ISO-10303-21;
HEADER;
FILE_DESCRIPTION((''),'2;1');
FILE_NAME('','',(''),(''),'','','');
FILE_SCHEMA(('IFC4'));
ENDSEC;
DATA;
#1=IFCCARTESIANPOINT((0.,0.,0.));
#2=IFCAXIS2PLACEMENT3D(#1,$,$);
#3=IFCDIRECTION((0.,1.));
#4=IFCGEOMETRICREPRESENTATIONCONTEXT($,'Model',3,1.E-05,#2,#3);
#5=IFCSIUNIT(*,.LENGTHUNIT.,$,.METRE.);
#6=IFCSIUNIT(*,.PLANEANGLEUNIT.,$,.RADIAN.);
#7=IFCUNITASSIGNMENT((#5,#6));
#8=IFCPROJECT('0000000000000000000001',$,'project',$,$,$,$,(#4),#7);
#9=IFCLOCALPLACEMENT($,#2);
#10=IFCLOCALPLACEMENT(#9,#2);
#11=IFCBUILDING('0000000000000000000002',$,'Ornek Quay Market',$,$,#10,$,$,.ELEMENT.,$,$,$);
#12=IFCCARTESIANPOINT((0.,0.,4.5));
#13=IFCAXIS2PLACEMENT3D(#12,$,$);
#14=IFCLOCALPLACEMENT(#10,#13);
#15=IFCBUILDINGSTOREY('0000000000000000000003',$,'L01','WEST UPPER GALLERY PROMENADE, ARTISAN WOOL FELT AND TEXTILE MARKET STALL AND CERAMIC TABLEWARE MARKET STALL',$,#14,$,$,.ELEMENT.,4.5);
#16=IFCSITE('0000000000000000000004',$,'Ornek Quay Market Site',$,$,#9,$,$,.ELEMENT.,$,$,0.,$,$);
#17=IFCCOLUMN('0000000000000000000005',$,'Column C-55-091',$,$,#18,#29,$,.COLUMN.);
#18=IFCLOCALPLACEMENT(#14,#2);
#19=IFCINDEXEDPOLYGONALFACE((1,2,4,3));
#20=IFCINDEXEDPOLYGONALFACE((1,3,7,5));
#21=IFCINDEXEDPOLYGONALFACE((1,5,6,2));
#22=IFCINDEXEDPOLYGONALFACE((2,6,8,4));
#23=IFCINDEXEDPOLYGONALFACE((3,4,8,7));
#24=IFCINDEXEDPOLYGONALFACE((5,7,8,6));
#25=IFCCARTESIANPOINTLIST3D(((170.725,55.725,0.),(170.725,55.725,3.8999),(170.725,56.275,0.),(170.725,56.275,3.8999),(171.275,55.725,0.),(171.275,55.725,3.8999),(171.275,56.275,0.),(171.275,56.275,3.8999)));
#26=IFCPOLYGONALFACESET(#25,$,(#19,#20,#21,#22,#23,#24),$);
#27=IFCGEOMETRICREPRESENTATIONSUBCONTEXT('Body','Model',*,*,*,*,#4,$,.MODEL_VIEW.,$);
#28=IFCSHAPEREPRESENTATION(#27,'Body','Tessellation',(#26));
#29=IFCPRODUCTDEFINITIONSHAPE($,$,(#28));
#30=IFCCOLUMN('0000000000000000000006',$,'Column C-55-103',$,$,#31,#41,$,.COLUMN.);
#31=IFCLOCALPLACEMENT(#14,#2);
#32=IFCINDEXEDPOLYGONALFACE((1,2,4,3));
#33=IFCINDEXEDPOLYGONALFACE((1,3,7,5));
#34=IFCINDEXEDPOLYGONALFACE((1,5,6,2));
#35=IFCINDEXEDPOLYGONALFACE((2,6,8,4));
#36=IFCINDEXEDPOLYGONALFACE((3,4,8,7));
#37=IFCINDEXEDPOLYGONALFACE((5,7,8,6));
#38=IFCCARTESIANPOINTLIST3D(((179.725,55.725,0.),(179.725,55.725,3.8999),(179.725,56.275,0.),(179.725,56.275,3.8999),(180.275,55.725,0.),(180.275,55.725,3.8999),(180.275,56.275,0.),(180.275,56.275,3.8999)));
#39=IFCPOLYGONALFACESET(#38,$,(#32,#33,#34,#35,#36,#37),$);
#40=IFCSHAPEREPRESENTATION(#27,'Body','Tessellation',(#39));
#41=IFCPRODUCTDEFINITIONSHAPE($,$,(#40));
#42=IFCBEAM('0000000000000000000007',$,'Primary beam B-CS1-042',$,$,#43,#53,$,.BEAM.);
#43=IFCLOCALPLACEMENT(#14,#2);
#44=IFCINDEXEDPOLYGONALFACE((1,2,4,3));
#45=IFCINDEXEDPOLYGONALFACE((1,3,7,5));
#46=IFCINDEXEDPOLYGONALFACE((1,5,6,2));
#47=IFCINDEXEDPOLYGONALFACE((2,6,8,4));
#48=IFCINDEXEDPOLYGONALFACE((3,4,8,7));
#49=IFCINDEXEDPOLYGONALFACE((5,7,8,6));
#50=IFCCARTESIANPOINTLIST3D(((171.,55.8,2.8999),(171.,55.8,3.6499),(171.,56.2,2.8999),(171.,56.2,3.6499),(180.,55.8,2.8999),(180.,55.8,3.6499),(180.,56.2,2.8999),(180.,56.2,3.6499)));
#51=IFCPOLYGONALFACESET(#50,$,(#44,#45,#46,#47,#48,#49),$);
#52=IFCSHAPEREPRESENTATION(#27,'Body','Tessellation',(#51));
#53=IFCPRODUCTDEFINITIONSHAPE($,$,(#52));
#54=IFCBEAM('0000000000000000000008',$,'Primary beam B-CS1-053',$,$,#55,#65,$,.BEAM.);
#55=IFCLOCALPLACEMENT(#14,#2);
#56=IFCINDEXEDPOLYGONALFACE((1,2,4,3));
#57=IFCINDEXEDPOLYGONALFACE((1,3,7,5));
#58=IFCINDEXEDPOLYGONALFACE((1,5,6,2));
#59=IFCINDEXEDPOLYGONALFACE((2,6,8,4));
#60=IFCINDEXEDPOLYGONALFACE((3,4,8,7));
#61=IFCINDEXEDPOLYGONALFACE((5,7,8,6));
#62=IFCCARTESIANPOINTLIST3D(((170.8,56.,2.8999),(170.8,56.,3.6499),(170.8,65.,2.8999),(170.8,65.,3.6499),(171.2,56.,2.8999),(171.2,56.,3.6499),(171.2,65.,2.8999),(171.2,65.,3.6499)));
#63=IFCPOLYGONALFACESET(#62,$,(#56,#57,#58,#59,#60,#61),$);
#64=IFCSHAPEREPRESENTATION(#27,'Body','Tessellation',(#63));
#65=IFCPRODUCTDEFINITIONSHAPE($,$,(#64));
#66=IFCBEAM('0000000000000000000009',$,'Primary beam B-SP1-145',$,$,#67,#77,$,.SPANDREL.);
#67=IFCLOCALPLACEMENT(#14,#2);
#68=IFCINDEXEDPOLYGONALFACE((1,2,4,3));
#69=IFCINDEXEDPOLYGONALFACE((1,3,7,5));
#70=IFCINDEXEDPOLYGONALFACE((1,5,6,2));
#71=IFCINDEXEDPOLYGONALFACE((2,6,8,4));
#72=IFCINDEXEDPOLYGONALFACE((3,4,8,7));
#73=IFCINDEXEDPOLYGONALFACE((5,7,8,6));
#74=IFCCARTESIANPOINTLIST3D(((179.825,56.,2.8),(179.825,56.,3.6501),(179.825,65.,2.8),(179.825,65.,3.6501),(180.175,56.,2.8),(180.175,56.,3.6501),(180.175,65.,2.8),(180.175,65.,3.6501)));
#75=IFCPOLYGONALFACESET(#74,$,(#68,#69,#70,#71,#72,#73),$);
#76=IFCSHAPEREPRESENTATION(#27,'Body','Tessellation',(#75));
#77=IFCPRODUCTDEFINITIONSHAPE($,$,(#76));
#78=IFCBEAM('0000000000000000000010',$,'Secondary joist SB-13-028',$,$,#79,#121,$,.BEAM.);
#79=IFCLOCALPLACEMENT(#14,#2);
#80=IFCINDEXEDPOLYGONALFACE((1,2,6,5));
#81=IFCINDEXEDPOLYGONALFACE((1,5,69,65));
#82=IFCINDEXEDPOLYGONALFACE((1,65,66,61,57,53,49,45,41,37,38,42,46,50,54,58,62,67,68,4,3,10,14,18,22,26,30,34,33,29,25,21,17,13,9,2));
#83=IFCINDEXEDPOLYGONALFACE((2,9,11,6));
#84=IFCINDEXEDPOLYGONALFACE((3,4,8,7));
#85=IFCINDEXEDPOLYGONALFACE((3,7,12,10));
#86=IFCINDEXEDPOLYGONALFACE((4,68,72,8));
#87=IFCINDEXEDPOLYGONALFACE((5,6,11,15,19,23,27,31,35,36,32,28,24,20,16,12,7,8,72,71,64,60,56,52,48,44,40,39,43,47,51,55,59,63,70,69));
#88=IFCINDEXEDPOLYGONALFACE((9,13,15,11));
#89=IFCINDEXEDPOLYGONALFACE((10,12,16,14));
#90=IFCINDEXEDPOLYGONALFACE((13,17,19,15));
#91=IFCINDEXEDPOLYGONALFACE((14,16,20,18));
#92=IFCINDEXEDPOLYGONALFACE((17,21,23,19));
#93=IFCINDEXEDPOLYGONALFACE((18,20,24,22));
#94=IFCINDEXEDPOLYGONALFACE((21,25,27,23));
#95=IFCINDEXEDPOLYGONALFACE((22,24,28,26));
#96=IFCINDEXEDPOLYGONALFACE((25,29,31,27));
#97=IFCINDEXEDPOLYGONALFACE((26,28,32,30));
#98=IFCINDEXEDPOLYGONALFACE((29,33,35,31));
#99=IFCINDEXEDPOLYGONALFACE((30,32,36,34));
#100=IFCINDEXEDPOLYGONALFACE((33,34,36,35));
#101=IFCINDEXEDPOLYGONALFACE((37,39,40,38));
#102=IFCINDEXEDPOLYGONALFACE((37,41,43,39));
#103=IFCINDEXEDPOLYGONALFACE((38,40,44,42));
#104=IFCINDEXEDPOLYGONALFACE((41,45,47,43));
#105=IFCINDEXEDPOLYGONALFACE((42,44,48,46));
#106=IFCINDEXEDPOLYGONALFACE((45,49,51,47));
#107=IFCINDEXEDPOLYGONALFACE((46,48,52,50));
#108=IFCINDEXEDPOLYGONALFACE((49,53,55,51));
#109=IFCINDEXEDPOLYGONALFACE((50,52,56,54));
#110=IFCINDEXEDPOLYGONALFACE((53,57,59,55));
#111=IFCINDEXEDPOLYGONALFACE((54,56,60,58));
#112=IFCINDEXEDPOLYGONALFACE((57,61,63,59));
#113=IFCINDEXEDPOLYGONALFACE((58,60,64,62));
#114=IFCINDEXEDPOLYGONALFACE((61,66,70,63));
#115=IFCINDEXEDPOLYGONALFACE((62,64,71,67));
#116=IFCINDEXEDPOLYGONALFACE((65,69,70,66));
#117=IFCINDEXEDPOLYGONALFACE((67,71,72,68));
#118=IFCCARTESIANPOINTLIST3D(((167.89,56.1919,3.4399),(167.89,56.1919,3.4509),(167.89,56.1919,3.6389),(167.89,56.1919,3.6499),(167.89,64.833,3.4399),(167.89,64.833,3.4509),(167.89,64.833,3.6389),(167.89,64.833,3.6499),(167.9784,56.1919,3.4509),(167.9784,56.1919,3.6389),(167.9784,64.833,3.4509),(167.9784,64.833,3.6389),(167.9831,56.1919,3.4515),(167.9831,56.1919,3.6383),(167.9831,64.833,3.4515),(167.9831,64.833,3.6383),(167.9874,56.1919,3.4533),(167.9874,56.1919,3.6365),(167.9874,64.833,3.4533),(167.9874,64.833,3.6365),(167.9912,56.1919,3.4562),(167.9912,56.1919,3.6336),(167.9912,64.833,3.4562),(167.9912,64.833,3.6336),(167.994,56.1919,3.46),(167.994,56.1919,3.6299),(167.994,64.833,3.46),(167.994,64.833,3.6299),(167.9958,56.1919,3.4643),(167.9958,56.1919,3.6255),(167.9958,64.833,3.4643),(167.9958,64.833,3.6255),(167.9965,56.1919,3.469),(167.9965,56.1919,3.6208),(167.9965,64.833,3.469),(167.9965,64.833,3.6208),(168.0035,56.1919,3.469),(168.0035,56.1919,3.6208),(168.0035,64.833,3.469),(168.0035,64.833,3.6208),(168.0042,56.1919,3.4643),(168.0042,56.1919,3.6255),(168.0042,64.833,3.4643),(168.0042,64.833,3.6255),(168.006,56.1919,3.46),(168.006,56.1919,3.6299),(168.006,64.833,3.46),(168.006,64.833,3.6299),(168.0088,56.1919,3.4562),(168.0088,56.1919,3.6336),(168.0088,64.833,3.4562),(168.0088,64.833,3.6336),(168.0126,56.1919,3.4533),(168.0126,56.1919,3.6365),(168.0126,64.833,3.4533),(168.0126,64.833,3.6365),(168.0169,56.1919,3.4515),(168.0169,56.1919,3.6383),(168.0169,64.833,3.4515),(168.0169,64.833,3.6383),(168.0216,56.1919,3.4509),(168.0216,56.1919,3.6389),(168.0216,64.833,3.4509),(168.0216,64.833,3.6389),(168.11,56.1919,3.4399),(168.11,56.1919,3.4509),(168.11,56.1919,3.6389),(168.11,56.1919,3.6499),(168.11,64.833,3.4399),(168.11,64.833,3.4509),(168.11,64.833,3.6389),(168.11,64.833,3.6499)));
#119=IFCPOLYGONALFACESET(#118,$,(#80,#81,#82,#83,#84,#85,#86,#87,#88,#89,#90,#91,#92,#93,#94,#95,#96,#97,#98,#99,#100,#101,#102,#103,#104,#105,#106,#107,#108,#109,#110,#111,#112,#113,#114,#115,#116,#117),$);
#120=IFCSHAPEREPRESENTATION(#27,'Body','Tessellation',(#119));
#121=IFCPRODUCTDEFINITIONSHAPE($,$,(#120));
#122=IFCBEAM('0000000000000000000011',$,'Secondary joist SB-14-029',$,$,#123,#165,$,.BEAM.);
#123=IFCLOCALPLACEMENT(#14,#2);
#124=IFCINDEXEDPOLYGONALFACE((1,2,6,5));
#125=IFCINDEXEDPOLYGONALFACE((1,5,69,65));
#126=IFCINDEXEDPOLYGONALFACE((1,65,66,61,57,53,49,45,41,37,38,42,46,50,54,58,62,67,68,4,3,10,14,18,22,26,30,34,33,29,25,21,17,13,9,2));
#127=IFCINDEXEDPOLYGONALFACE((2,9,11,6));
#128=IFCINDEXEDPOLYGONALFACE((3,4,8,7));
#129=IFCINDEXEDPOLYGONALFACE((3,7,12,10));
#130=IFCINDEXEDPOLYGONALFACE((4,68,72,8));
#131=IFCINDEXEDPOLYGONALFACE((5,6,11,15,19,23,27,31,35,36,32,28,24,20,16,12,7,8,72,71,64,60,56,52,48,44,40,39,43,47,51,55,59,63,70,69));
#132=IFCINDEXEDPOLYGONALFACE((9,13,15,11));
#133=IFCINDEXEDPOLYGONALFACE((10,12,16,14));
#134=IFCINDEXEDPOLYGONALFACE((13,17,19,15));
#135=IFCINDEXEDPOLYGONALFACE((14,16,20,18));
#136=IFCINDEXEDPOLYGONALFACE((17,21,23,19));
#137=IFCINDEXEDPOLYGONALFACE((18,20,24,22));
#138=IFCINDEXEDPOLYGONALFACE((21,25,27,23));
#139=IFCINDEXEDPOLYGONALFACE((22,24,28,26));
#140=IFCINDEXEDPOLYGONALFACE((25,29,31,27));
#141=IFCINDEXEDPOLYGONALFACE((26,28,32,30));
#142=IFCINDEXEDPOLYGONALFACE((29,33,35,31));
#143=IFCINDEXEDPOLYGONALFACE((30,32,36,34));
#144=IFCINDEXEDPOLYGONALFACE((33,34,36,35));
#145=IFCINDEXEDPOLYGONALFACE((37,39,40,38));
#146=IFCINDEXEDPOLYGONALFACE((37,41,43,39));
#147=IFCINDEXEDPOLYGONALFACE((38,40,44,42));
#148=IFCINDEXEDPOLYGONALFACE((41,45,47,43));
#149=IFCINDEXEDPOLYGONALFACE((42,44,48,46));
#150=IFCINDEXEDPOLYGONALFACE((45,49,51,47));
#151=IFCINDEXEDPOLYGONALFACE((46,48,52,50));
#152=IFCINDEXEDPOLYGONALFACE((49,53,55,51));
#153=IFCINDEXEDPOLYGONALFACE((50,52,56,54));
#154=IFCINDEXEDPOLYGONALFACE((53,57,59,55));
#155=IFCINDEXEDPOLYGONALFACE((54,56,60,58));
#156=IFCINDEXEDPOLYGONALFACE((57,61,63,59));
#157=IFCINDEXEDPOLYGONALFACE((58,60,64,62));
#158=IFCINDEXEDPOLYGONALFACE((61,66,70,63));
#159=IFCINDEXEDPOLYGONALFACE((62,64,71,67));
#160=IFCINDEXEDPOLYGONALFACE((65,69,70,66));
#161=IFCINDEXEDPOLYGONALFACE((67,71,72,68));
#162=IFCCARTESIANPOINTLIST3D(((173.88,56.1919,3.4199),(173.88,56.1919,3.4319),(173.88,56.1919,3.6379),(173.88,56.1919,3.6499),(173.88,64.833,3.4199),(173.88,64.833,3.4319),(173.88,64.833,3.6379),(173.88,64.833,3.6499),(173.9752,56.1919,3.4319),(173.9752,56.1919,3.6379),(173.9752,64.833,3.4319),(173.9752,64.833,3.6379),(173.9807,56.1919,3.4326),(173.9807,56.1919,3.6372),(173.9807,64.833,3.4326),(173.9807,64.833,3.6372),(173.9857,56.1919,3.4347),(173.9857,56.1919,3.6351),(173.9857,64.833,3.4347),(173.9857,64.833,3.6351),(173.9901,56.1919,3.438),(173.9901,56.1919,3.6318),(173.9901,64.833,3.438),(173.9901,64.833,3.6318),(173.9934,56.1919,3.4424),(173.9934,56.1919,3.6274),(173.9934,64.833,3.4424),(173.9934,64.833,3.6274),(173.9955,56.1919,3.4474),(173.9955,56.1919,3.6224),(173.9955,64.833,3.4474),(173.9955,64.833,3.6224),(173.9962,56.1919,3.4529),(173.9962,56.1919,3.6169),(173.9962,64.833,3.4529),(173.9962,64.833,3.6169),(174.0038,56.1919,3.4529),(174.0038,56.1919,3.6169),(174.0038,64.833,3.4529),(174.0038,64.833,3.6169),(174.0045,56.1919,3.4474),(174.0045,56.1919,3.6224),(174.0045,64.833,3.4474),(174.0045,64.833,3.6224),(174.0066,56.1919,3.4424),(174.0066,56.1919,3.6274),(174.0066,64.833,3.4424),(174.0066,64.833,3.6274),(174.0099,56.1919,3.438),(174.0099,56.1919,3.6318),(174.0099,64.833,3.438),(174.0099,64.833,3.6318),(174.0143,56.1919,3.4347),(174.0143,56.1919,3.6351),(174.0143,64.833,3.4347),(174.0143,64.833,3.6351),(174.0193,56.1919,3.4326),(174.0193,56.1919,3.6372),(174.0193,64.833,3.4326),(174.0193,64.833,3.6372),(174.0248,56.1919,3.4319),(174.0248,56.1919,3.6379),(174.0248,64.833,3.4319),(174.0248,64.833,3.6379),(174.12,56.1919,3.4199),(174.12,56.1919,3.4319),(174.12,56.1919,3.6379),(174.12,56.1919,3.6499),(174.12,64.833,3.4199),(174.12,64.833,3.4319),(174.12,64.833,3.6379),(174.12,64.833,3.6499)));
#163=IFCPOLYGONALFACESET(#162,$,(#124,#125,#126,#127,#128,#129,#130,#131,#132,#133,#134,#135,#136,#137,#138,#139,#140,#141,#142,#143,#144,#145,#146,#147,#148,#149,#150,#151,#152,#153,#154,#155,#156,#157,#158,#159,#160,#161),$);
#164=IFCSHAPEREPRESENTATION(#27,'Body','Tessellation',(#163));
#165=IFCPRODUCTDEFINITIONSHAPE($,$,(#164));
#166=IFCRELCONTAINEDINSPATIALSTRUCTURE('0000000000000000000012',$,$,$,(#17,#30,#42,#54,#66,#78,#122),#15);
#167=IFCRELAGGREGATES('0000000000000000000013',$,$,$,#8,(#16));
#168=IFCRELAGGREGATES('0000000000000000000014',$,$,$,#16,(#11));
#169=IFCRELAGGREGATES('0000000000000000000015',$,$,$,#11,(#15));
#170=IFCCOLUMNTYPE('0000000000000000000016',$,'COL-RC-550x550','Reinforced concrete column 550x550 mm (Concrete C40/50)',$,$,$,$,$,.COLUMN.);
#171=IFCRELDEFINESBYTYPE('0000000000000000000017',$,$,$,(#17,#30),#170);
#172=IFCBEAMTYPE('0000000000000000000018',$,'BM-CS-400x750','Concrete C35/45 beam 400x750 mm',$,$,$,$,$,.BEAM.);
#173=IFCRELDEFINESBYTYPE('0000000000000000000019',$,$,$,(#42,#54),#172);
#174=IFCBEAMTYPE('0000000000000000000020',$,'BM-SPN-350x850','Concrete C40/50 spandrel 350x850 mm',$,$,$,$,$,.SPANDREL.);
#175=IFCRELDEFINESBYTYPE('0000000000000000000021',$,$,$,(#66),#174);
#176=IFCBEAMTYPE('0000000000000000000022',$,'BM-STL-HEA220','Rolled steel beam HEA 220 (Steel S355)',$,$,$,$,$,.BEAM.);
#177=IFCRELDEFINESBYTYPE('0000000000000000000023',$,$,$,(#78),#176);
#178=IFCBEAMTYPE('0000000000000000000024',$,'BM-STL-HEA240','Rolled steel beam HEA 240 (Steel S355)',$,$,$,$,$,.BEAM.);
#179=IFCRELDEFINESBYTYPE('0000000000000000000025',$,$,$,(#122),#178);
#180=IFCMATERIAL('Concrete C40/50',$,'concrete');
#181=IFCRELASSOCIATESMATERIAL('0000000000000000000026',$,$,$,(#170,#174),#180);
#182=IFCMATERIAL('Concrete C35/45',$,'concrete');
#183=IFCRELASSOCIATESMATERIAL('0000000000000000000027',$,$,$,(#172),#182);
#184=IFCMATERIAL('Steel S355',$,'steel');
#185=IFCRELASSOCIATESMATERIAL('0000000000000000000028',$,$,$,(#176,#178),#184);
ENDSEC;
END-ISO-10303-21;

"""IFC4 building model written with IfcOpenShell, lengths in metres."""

from ifc_helpers import new_model, si_unit, direction, frame, origin, origin_2d, place, context, subcontext, project, spatial, rectangle, i_section, extrude, material, material_profile, profile_set, type_object, element, save


model = new_model("IFC4")

# Units and contexts
model_context = context("Model", 3, precision=1e-05, world=origin(), true_north=direction((0.0, 1.0)))
body_context = subcontext(model_context, "Body", "Model", "MODEL_VIEW")
ifc_project = project(units=[si_unit("LENGTHUNIT", "METRE"), si_unit("PLANEANGLEUNIT", "RADIAN")], contexts=[model_context])

# Site, building, storey
site_placement = place(None, origin())
site = spatial("IfcSite", under=ifc_project, at=site_placement, Name="Ornek Quay Market Site", CompositionType="ELEMENT", RefElevation=0.0)
building_placement = place(site_placement, origin())
building = spatial("IfcBuilding", under=site, at=building_placement, Name="Ornek Quay Market", CompositionType="ELEMENT")
storey_placement = place(building_placement, frame((0.0, 0.0, 4.5)))
storey = spatial("IfcBuildingStorey", under=building, at=storey_placement, Name="L01", Description="WEST UPPER GALLERY PROMENADE, ARTISAN WOOL FELT AND TEXTILE MARKET STALL AND CERAMIC TABLEWARE MARKET STALL", CompositionType="ELEMENT", Elevation=4.5)

# Columns
ifc_material_1 = material(Name="Concrete C40/50", Category="concrete")
ifc_material_profile_1 = material_profile(ifc_material_1, rectangle(XDim=0.55, YDim=0.55, at=origin_2d()), Name="RC 550x550", Category="concrete")
ifc_profile_set_1 = profile_set([ifc_material_profile_1], Name="Concrete C40/50")
column_type = type_object("IfcColumnType", Name="COL-RC-550x550", Description="Reinforced concrete column 550x550 mm (Concrete C40/50)", PredefinedType="COLUMN", material=ifc_profile_set_1)
for number, where, z_axis, x_axis, name in (
    (1, (171.0, 56.0, 0.0), (0.0, 0.0, 1.0), (1.0, 0.0, 0.0), "Column C-55-091"),
    (2, (180.0, 56.0, 0.0), (0.0, 0.0, 1.0), (1.0, 0.0, 0.0), "Column C-55-103"),
):
    element("IfcColumn", number, at=place(storey_placement, frame(where, z_axis=z_axis, x_axis=x_axis)), inside=storey, type_object=column_type, Name=name, PredefinedType="COLUMN", context=body_context, shape_type="SweptSolid", body=[
        extrude(rectangle(XDim=0.55, YDim=0.55, at=origin_2d()), origin(), (0.0, 0.0, 1.0), 3.8999),
    ])

# Beams
ifc_material_2 = material(Name="Concrete C35/45", Category="concrete")
ifc_material_profile_2 = material_profile(ifc_material_2, rectangle(XDim=0.3999, YDim=0.75, at=origin_2d()), Name="RC 400x750", Category="concrete")
ifc_profile_set_2 = profile_set([ifc_material_profile_2], Name="Concrete C35/45")
beam_type_1 = type_object("IfcBeamType", Name="BM-CS-400x750", Description="Concrete C35/45 beam 400x750 mm", PredefinedType="BEAM", material=ifc_profile_set_2)
for number, where, z_axis, x_axis, name in (
    (3, (171.0, 56.0, 3.2749), (1.0, 0.0, 0.0), (0.0, 1.0, 0.0), "Primary beam B-CS1-042"),
    (4, (171.0, 56.0, 3.2749), (0.0, 1.0, 0.0), (-1.0, 0.0, 0.0), "Primary beam B-CS1-053"),
):
    element("IfcBeam", number, at=place(storey_placement, frame(where, z_axis=z_axis, x_axis=x_axis)), inside=storey, type_object=beam_type_1, Name=name, PredefinedType="BEAM", context=body_context, shape_type="SweptSolid", body=[
        extrude(rectangle(XDim=0.3999, YDim=0.75, at=origin_2d()), origin(), (0.0, 0.0, 1.0), 9.0),
    ])
ifc_material_profile_3 = material_profile(ifc_material_1, rectangle(XDim=0.3501, YDim=0.8501, at=origin_2d()), Name="RC 350x850", Category="concrete")
ifc_profile_set_3 = profile_set([ifc_material_profile_3], Name="Concrete C40/50")
beam_type_2 = type_object("IfcBeamType", Name="BM-SPN-350x850", Description="Concrete C40/50 spandrel 350x850 mm", PredefinedType="SPANDREL", material=ifc_profile_set_3)
beam_1_placement = place(storey_placement, frame((180.0, 56.0, 3.2251), z_axis=(0.0, 1.0, 0.0), x_axis=(-1.0, 0.0, 0.0)))
element("IfcBeam", 5, at=beam_1_placement, inside=storey, type_object=beam_type_2, Name="Primary beam B-SP1-145", PredefinedType="SPANDREL", context=body_context, shape_type="SweptSolid", body=[
    extrude(rectangle(XDim=0.3501, YDim=0.8501, at=origin_2d()), origin(), (0.0, 0.0, 1.0), 9.0),
])
ifc_material_3 = material(Name="Steel S355", Category="steel")
ifc_material_profile_4 = material_profile(ifc_material_3, i_section(OverallWidth=0.22, OverallDepth=0.21, WebThickness=0.0071, FlangeThickness=0.011, FilletRadius=0.0181, at=origin_2d()), Name="HEA 220", Category="steel")
ifc_profile_set_4 = profile_set([ifc_material_profile_4], Name="Steel S355")
beam_type_3 = type_object("IfcBeamType", Name="BM-STL-HEA220", Description="Rolled steel beam HEA 220 (Steel S355)", PredefinedType="BEAM", material=ifc_profile_set_4)
beam_2_placement = place(storey_placement, frame((168.0, 56.1919, 3.5449), z_axis=(0.0, 1.0, 0.0), x_axis=(-1.0, 0.0, 0.0)))
element("IfcBeam", 6, at=beam_2_placement, inside=storey, type_object=beam_type_3, Name="Secondary joist SB-13-028", PredefinedType="BEAM", context=body_context, shape_type="SweptSolid", body=[
    extrude(i_section(OverallWidth=0.22, OverallDepth=0.21, WebThickness=0.0071, FlangeThickness=0.011, FilletRadius=0.0181, at=origin_2d()), origin(), (0.0, 0.0, 1.0), 8.6411),
])
ifc_material_profile_5 = material_profile(ifc_material_3, i_section(OverallWidth=0.24, OverallDepth=0.23, WebThickness=0.0076, FlangeThickness=0.012, FilletRadius=0.021, at=origin_2d()), Name="HEA 240", Category="steel")
ifc_profile_set_5 = profile_set([ifc_material_profile_5], Name="Steel S355")
beam_type_4 = type_object("IfcBeamType", Name="BM-STL-HEA240", Description="Rolled steel beam HEA 240 (Steel S355)", PredefinedType="BEAM", material=ifc_profile_set_5)
for number, where, z_axis, x_axis, name in (
    (7, (174.0, 56.1919, 3.5349), (0.0, 1.0, 0.0), (-1.0, 0.0, 0.0), "Secondary joist SB-14-029"),
):
    element("IfcBeam", number, at=place(storey_placement, frame(where, z_axis=z_axis, x_axis=x_axis)), inside=storey, type_object=beam_type_4, Name=name, PredefinedType="BEAM", context=body_context, shape_type="SweptSolid", body=[
        extrude(i_section(OverallWidth=0.24, OverallDepth=0.23, WebThickness=0.0076, FlangeThickness=0.012, FilletRadius=0.021, at=origin_2d()), origin(), (0.0, 0.0, 1.0), 8.6411),
    ])

save(model, "model.ifc")
